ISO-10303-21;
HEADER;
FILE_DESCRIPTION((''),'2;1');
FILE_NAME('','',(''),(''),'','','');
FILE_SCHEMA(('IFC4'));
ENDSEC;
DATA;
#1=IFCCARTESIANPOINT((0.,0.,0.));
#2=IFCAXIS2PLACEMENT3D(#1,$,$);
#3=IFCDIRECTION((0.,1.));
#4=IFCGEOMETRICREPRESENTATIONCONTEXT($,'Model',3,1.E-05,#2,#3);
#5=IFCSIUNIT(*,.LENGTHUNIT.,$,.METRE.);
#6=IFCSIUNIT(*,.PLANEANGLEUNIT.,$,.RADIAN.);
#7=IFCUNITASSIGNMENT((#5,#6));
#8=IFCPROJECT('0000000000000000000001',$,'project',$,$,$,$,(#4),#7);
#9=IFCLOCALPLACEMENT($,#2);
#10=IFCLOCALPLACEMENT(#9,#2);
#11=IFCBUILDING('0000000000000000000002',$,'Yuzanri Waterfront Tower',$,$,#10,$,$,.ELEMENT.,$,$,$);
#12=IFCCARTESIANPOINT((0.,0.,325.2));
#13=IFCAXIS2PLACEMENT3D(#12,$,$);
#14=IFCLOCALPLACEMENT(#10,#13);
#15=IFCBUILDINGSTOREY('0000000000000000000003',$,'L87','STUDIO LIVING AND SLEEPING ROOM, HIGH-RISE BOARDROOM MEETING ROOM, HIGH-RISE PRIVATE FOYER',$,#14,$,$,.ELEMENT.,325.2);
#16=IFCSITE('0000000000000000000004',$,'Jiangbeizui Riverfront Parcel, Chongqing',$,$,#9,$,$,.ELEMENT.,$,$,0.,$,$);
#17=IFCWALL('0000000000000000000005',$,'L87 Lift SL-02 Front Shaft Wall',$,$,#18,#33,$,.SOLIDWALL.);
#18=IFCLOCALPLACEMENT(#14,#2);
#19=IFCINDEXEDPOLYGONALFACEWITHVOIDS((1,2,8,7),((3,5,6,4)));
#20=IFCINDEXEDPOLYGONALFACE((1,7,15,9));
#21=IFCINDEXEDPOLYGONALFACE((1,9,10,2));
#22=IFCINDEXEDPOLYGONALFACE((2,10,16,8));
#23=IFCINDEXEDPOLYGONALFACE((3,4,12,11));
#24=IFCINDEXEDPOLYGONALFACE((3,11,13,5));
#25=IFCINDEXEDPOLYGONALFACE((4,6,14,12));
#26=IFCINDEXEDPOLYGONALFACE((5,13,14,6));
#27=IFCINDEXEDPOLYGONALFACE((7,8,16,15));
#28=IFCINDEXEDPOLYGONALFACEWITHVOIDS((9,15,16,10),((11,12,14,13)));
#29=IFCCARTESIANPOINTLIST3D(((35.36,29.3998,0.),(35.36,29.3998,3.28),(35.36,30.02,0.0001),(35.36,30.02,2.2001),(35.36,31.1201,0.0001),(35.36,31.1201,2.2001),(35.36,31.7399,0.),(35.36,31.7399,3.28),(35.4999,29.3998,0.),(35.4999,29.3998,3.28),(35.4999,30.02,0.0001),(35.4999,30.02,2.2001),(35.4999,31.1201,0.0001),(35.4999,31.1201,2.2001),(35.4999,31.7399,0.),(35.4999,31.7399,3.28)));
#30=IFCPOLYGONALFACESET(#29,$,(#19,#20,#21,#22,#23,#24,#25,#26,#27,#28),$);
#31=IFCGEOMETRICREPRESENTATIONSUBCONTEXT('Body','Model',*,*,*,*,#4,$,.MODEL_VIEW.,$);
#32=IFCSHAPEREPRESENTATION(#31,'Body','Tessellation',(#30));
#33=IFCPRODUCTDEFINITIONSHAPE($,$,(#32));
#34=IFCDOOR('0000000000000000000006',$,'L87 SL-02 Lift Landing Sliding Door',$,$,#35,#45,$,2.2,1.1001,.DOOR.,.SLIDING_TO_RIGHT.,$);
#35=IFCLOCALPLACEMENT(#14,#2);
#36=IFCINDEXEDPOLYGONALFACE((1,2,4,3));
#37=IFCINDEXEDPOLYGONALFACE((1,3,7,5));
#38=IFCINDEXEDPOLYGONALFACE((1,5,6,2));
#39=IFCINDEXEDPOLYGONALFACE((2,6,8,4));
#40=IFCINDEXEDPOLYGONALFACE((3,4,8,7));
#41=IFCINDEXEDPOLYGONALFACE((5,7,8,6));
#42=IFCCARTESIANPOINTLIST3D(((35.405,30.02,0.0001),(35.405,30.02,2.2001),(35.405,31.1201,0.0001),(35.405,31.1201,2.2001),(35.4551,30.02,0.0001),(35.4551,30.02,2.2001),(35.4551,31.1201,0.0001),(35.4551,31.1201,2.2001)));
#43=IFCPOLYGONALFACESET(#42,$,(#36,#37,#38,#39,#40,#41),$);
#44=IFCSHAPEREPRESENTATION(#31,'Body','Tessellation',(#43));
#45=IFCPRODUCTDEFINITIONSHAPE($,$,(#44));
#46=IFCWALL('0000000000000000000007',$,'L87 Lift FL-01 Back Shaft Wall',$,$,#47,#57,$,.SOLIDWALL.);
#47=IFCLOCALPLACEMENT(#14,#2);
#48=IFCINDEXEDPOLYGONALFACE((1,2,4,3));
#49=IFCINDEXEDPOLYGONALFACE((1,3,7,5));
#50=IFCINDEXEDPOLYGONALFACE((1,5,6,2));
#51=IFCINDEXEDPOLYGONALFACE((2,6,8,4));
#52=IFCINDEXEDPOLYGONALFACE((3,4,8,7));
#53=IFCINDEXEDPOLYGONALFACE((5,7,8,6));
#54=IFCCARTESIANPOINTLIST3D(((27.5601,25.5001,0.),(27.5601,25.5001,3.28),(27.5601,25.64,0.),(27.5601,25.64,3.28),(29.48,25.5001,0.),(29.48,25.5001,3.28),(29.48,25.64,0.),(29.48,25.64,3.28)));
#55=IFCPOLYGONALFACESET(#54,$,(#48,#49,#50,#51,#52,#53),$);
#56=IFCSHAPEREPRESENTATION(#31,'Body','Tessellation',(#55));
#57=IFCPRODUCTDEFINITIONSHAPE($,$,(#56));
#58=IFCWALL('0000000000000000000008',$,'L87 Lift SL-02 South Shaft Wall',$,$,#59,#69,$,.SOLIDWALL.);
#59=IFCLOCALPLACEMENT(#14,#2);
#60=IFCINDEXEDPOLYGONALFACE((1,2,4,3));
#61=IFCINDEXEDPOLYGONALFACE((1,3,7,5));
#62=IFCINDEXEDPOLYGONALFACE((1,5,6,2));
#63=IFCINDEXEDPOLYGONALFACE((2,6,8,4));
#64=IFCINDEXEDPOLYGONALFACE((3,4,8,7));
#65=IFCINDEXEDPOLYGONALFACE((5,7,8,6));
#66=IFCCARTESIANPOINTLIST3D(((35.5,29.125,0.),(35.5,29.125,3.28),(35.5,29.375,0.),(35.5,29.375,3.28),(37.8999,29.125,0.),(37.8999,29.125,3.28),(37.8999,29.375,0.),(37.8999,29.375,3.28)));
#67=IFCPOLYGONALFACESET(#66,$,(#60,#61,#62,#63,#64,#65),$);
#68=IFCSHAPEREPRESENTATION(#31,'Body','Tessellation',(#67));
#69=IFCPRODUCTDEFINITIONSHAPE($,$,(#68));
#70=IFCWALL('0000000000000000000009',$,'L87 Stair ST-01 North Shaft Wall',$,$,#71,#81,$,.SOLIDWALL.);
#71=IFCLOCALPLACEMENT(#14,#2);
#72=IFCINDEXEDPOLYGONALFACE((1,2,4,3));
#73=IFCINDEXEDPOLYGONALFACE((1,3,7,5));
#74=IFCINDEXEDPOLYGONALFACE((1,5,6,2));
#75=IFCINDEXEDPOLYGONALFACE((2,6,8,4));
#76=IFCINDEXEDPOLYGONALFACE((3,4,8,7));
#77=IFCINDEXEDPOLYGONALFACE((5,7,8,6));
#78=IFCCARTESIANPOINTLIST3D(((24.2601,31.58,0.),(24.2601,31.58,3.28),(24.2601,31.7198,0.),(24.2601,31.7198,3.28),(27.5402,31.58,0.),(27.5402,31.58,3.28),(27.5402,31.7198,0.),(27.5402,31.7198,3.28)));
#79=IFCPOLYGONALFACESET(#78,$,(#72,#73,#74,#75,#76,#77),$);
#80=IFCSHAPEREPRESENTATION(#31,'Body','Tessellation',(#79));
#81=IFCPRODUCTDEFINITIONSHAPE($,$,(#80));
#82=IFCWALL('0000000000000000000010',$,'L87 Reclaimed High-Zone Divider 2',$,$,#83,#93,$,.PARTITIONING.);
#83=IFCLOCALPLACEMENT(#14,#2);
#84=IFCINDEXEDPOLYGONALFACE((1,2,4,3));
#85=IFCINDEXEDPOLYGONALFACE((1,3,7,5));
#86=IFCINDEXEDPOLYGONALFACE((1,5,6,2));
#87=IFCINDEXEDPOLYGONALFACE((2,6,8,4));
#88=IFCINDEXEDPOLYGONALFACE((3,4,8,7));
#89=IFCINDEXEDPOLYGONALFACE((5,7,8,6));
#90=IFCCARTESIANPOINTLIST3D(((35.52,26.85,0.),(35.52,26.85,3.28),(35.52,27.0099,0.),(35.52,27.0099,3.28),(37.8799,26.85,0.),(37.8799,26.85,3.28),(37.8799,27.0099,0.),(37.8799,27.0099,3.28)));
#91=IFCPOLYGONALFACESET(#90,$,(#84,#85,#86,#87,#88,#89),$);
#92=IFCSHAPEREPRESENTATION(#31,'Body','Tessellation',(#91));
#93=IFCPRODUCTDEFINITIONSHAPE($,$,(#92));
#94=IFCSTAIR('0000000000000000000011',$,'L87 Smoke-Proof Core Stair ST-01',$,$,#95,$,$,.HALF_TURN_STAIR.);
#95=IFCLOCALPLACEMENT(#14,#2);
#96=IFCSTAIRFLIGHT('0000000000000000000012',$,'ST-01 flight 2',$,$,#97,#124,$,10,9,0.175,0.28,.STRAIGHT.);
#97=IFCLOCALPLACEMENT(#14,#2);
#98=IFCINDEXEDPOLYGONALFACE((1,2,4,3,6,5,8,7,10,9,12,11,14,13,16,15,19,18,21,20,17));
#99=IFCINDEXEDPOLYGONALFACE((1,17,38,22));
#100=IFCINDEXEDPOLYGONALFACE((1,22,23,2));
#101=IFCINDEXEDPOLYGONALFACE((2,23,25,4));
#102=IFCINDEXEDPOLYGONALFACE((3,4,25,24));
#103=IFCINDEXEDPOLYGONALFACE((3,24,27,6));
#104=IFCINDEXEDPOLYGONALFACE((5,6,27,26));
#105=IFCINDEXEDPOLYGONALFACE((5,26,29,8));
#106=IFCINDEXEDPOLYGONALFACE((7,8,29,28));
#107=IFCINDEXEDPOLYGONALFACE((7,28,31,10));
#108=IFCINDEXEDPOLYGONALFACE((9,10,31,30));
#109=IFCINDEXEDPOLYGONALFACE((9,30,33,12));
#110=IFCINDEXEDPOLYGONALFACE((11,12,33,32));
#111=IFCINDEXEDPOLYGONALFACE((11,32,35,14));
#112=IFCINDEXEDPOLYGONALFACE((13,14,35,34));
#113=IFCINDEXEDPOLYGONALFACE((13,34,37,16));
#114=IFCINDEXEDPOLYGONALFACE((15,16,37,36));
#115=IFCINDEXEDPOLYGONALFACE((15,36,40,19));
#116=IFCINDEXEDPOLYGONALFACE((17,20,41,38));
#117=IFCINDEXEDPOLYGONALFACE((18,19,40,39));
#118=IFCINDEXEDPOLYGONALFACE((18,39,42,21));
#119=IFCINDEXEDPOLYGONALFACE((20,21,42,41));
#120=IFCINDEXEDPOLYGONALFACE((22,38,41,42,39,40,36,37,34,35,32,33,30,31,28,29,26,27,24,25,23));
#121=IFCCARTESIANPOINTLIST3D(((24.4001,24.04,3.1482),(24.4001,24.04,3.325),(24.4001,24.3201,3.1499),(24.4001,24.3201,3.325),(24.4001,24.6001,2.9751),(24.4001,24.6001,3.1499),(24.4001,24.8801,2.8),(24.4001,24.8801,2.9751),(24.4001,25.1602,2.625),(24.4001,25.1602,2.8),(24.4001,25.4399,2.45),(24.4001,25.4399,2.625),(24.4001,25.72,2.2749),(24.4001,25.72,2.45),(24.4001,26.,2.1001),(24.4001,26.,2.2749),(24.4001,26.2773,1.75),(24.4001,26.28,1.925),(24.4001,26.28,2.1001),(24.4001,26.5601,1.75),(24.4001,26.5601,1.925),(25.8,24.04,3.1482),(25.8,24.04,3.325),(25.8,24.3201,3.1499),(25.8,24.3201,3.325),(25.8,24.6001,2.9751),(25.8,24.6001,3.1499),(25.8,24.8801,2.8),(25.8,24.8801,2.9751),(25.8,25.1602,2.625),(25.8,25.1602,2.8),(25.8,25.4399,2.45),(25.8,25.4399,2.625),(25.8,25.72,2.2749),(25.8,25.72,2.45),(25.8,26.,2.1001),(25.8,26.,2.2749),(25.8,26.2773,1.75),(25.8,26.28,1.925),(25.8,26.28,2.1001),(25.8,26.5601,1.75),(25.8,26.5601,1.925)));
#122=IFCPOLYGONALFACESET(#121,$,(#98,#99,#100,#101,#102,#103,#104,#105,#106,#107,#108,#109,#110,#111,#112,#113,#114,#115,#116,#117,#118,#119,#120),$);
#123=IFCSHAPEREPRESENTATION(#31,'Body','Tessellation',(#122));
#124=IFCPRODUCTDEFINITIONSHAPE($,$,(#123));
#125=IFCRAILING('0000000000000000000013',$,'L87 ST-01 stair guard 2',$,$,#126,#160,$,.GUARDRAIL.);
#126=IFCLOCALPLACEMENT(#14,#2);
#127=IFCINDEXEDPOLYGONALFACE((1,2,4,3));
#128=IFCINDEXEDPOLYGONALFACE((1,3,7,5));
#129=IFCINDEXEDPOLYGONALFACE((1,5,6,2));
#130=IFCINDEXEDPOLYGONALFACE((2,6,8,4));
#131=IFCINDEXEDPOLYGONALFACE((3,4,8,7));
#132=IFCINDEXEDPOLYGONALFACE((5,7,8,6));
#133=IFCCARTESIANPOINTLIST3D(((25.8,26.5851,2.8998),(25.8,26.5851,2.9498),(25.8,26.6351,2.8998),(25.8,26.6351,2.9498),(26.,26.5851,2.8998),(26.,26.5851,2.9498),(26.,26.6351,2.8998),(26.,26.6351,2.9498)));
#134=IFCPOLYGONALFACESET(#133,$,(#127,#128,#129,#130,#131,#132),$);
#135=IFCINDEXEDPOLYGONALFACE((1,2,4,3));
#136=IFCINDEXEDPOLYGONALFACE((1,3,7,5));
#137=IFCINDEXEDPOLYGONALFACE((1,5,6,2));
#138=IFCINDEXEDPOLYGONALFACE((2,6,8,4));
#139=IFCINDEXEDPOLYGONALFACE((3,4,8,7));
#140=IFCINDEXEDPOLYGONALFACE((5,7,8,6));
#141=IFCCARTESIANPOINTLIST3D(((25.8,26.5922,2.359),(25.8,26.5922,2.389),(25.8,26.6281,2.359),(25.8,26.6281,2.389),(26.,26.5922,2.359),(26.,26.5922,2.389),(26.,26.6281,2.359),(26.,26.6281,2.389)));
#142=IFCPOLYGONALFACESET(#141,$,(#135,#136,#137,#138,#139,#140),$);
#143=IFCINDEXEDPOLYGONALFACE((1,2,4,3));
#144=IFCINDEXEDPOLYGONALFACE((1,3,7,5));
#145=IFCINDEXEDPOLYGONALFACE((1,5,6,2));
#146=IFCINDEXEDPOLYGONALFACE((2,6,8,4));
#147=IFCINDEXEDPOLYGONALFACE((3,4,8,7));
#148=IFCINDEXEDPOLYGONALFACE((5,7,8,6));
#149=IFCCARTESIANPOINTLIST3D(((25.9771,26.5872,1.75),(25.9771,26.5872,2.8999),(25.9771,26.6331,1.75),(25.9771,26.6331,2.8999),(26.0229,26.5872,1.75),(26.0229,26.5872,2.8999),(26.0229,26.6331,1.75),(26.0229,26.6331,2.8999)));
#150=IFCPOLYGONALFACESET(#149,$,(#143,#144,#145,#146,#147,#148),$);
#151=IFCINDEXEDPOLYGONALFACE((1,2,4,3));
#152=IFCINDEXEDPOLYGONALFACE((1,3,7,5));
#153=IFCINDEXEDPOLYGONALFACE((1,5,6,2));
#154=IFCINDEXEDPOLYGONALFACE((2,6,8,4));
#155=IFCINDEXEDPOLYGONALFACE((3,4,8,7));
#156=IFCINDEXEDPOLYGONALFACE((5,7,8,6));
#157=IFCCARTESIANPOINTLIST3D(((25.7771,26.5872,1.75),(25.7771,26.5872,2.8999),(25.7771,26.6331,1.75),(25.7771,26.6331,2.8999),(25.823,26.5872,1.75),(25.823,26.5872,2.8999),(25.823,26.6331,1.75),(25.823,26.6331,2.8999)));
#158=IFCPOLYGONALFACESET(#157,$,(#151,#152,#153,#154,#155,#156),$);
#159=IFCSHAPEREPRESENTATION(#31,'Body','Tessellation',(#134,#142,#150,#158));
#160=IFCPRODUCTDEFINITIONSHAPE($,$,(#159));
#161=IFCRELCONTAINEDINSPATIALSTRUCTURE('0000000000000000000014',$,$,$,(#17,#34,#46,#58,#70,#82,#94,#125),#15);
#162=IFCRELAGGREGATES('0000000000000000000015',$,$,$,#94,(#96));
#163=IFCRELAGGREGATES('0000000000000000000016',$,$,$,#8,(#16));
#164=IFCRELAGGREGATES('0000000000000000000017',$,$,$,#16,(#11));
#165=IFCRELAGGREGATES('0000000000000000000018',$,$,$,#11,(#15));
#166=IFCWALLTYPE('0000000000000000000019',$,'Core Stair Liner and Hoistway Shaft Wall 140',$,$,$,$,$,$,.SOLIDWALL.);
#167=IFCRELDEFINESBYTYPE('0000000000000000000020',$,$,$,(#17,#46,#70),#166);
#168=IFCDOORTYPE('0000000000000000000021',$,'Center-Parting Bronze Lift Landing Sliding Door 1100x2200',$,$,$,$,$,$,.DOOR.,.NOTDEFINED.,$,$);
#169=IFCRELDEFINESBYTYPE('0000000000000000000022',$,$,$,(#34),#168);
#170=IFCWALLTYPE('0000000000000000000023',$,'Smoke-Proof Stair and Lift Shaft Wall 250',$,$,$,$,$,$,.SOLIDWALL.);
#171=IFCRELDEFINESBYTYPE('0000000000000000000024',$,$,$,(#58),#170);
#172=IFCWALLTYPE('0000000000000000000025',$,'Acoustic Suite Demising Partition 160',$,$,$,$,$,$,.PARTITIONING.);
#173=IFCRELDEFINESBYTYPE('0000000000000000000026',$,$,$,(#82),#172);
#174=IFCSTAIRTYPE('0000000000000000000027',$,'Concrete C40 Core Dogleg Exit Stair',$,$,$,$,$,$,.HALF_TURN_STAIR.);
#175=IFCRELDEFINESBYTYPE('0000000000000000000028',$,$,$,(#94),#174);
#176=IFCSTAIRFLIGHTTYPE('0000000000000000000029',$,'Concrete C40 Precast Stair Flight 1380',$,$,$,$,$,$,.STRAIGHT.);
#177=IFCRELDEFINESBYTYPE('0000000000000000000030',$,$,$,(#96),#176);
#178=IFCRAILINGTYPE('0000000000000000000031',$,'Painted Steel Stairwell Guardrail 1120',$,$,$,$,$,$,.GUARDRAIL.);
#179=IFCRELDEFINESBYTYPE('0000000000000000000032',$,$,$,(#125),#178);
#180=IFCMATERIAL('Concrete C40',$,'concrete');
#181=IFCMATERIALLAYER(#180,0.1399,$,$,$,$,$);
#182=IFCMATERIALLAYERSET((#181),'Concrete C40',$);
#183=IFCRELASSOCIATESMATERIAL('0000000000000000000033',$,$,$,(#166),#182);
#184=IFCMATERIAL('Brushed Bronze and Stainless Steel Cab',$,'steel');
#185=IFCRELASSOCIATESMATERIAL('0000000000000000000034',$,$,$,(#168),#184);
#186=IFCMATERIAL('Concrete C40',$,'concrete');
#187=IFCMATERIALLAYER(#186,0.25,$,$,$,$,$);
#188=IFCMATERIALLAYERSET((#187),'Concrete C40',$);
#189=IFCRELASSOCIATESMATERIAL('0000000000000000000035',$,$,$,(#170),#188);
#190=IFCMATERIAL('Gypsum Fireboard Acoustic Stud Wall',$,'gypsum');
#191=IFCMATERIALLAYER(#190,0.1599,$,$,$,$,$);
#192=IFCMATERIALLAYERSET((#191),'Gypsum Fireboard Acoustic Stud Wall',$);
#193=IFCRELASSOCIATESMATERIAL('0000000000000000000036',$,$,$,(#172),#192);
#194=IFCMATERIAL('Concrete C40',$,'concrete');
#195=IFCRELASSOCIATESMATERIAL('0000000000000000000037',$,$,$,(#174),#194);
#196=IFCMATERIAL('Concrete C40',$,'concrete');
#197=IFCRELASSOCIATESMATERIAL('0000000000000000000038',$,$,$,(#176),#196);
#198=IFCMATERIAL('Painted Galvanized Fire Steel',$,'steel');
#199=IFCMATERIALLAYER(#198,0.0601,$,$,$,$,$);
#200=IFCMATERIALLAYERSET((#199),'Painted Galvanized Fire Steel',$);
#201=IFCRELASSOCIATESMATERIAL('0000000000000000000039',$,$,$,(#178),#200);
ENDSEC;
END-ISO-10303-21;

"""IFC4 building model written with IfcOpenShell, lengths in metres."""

from ifc_helpers import new_model, si_unit, direction, frame, frame_2d, origin, origin_2d, place, context, subcontext, project, spatial, polyline, rectangle, outline, extrude, source, transform, mapped, material, layer, layer_set, type_object, element, fill, aggregate, save


model = new_model("IFC4")

# Units and contexts
model_context = context("Model", 3, precision=1e-05, world=origin(), true_north=direction((0.0, 1.0)))
body_context = subcontext(model_context, "Body", "Model", "MODEL_VIEW")
ifc_project = project(units=[si_unit("LENGTHUNIT", "METRE"), si_unit("PLANEANGLEUNIT", "RADIAN")], contexts=[model_context])

# Site, building, storey
site_placement = place(None, origin())
site = spatial("IfcSite", under=ifc_project, at=site_placement, Name="Jiangbeizui Riverfront Parcel, Chongqing", CompositionType="ELEMENT", RefElevation=0.0)
building_placement = place(site_placement, origin())
building = spatial("IfcBuilding", under=site, at=building_placement, Name="Yuzanri Waterfront Tower", CompositionType="ELEMENT")
storey_placement = place(building_placement, frame((0.0, 0.0, 325.2)))
storey = spatial("IfcBuildingStorey", under=building, at=storey_placement, Name="L87", Description="STUDIO LIVING AND SLEEPING ROOM, HIGH-RISE BOARDROOM MEETING ROOM, HIGH-RISE PRIVATE FOYER", CompositionType="ELEMENT", Elevation=325.2)

# Wall, opening, door
ifc_material_1 = material(Name="Concrete C40", Category="concrete")
ifc_layer_1 = layer(ifc_material_1, 0.1399)
ifc_layer_set_1 = layer_set([ifc_layer_1], Name="Concrete C40")
wall_type_1 = type_object("IfcWallType", Name="Core Stair Liner and Hoistway Shaft Wall 140", PredefinedType="SOLIDWALL", material=ifc_layer_set_1)
wall_1_placement = place(storey_placement, frame((35.4299, 29.3999, 0.0), z_axis=(0.0, 0.0, 1.0), x_axis=(0.0, 1.0, 0.0)))
wall_1 = element("IfcWall", 1, at=wall_1_placement, inside=storey, type_object=wall_type_1, Name="L87 Lift SL-02 Front Shaft Wall", PredefinedType="SOLIDWALL", context=body_context, shape_type="SweptSolid", body=[
    extrude(rectangle(XDim=2.3401, YDim=0.1399, at=frame_2d((1.1699, 0.0))), origin(), (0.0, 0.0, 1.0), 3.28),
])
opening_1_placement = place(wall_1_placement, frame((0.6201, 0.0, 0.0)))
opening_1 = element("IfcOpeningElement", 2, at=opening_1_placement, cuts=wall_1, PredefinedType="OPENING", context=body_context, shape_type="SweptSolid", body=[
    extrude(rectangle(XDim=1.1001, YDim=2.2, at=frame_2d((0.55, 1.1001))), frame((0.0, 0.085, 0.0), z_axis=(0.0, -1.0, 0.0), x_axis=(1.0, 0.0, 0.0)), (0.0, 0.0, 1.0), 0.1697),
])
ifc_material_2 = material(Name="Brushed Bronze and Stainless Steel Cab", Category="steel")
door_type_1 = type_object("IfcDoorType", Name="Center-Parting Bronze Lift Landing Sliding Door 1100x2200", OperationType="NOTDEFINED", PredefinedType="DOOR", material=ifc_material_2)
shared_shape_1 = source(origin(), body_context, "Body", "SweptSolid", [
    extrude(rectangle(XDim=1.1001, YDim=2.2, at=frame_2d((0.55, 1.1001))), frame((0.0, 0.0249, 0.0), z_axis=(0.0, -1.0, 0.0), x_axis=(1.0, 0.0, 0.0)), (0.0, 0.0, 1.0), 0.05),
])
door_1_placement = place(opening_1_placement, origin())
door_1 = element("IfcDoor", 3, at=door_1_placement, inside=storey, type_object=door_type_1, Name="L87 SL-02 Lift Landing Sliding Door", OperationType="SLIDING_TO_RIGHT", OverallHeight=2.2, OverallWidth=1.1001, PredefinedType="DOOR", context=body_context, shape_type="MappedRepresentation", body=[
    mapped(shared_shape_1, transform((0.0, 0.0, 0.0), scale=1.0)),
])
fill(opening_1, door_1)

# Walls
shared_shape_2 = source(origin(), body_context, "Body", "SweptSolid", [
    extrude(rectangle(XDim=1.9199, YDim=0.1399, at=frame_2d((0.96, 0.0))), origin(), (0.0, 0.0, 1.0), 3.28),
])
wall_2_placement = place(storey_placement, frame((27.5601, 25.5701, 0.0), z_axis=(0.0, 0.0, 1.0), x_axis=(1.0, 0.0, 0.0)))
element("IfcWall", 4, at=wall_2_placement, inside=storey, type_object=wall_type_1, Name="L87 Lift FL-01 Back Shaft Wall", PredefinedType="SOLIDWALL", context=body_context, shape_type="MappedRepresentation", body=[
    mapped(shared_shape_2, transform((0.0, 0.0, 0.0), scale=1.0)),
])
ifc_material_3 = material(Name="Concrete C40", Category="concrete")
ifc_layer_2 = layer(ifc_material_3, 0.25)
ifc_layer_set_2 = layer_set([ifc_layer_2], Name="Concrete C40")
wall_type_2 = type_object("IfcWallType", Name="Smoke-Proof Stair and Lift Shaft Wall 250", PredefinedType="SOLIDWALL", material=ifc_layer_set_2)
shared_shape_3 = source(origin(), body_context, "Body", "SweptSolid", [
    extrude(rectangle(XDim=2.3999, YDim=0.25, at=frame_2d((1.2, 0.0))), origin(), (0.0, 0.0, 1.0), 3.28),
])
wall_3_placement = place(storey_placement, frame((35.5, 29.25, 0.0), z_axis=(0.0, 0.0, 1.0), x_axis=(1.0, 0.0, 0.0)))
element("IfcWall", 5, at=wall_3_placement, inside=storey, type_object=wall_type_2, Name="L87 Lift SL-02 South Shaft Wall", PredefinedType="SOLIDWALL", context=body_context, shape_type="MappedRepresentation", body=[
    mapped(shared_shape_3, transform((0.0, 0.0, 0.0), scale=1.0)),
])
shared_shape_4 = source(origin(), body_context, "Body", "SweptSolid", [
    extrude(rectangle(XDim=3.28, YDim=0.1399, at=frame_2d((1.6401, 0.0))), origin(), (0.0, 0.0, 1.0), 3.28),
])
wall_4_placement = place(storey_placement, frame((24.26, 31.6499, 0.0), z_axis=(0.0, 0.0, 1.0), x_axis=(1.0, 0.0, 0.0)))
element("IfcWall", 6, at=wall_4_placement, inside=storey, type_object=wall_type_1, Name="L87 Stair ST-01 North Shaft Wall", PredefinedType="SOLIDWALL", context=body_context, shape_type="MappedRepresentation", body=[
    mapped(shared_shape_4, transform((0.0, 0.0, 0.0), scale=1.0)),
])
ifc_material_4 = material(Name="Gypsum Fireboard Acoustic Stud Wall", Category="gypsum")
ifc_layer_3 = layer(ifc_material_4, 0.1599)
ifc_layer_set_3 = layer_set([ifc_layer_3], Name="Gypsum Fireboard Acoustic Stud Wall")
wall_type_3 = type_object("IfcWallType", Name="Acoustic Suite Demising Partition 160", PredefinedType="PARTITIONING", material=ifc_layer_set_3)
shared_shape_5 = source(origin(), body_context, "Body", "SweptSolid", [
    extrude(rectangle(XDim=2.3599, YDim=0.1599, at=frame_2d((1.1799, 0.0))), origin(), (0.0, 0.0, 1.0), 3.28),
])
wall_5_placement = place(storey_placement, frame((35.52, 26.9299, 0.0), z_axis=(0.0, 0.0, 1.0), x_axis=(1.0, 0.0, 0.0)))
element("IfcWall", 7, at=wall_5_placement, inside=storey, type_object=wall_type_3, Name="L87 Reclaimed High-Zone Divider 2", PredefinedType="PARTITIONING", context=body_context, shape_type="MappedRepresentation", body=[
    mapped(shared_shape_5, transform((0.0, 0.0, 0.0), scale=1.0)),
])

# Stair, stair flight
ifc_material_5 = material(Name="Concrete C40", Category="concrete")
stair_type = type_object("IfcStairType", Name="Concrete C40 Core Dogleg Exit Stair", PredefinedType="HALF_TURN_STAIR", material=ifc_material_5)
stair_placement = place(storey_placement, origin())
stair = element("IfcStair", 8, at=stair_placement, inside=storey, type_object=stair_type, Name="L87 Smoke-Proof Core Stair ST-01", PredefinedType="HALF_TURN_STAIR")
ifc_material_6 = material(Name="Concrete C40", Category="concrete")
stair_flight_type = type_object("IfcStairFlightType", Name="Concrete C40 Precast Stair Flight 1380", PredefinedType="STRAIGHT", material=ifc_material_6)
shared_shape_6 = source(origin(), body_context, "Body", "SweptSolid", [
    extrude(outline(polyline([(0.0, 0.0), (0.0, 0.175), (0.28, 0.175), (0.28, 0.3501), (0.5601, 0.3501), (0.5601, 0.5249), (0.8401, 0.5249), (0.8401, 0.7), (1.1201, 0.7), (1.1201, 0.875), (1.3999, 0.875), (1.3999, 1.05), (1.6799, 1.05), (1.6799, 1.2251), (1.96, 1.2251), (1.96, 1.3999), (2.24, 1.3999), (2.24, 1.575), (2.52, 1.575), (2.52, 1.75), (2.52, 1.3982), (0.2827, 0.0), (0.0, 0.0)])), frame((0.0, 0.7, 0.0), z_axis=(0.0, -1.0, 0.0), x_axis=(1.0, 0.0, 0.0)), (0.0, 0.0, 1.0), 1.3999),
])
stair_flight_placement = place(storey_placement, frame((25.1001, 26.5601, 1.75), z_axis=(0.0, 0.0, 1.0), x_axis=(0.0, -1.0, 0.0)))
stair_flight = element("IfcStairFlight", 9, at=stair_flight_placement, type_object=stair_flight_type, Name="ST-01 flight 2", NumberOfRisers=10, NumberOfTreads=9, PredefinedType="STRAIGHT", RiserHeight=0.175, TreadLength=0.28, context=body_context, shape_type="MappedRepresentation", body=[
    mapped(shared_shape_6, transform((0.0, 0.0, 0.0), scale=1.0)),
])
aggregate(stair, [stair_flight])

# Railing
ifc_material_7 = material(Name="Painted Galvanized Fire Steel", Category="steel")
ifc_layer_4 = layer(ifc_material_7, 0.0601)
ifc_layer_set_4 = layer_set([ifc_layer_4], Name="Painted Galvanized Fire Steel")
railing_type_1 = type_object("IfcRailingType", Name="Painted Steel Stairwell Guardrail 1120", PredefinedType="GUARDRAIL", material=ifc_layer_set_4)
shared_shape_7 = source(origin(), body_context, "Body", "SweptSolid", [
    extrude(rectangle(XDim=0.05, YDim=0.05, at=origin_2d()), frame((0.0, 0.0, 1.1748), z_axis=(-1.0, 0.0, 0.0), x_axis=(0.0, -1.0, 0.0)), (0.0, 0.0, 1.0), 0.2),
    extrude(rectangle(XDim=0.0359, YDim=0.03, at=origin_2d()), frame((0.0, 0.0, 0.624), z_axis=(-1.0, 0.0, 0.0), x_axis=(0.0, -1.0, 0.0)), (0.0, 0.0, 1.0), 0.2),
    extrude(rectangle(XDim=0.0459, YDim=0.0459, at=origin_2d()), origin(), (0.0, 0.0, 1.0), 1.1499),
    extrude(rectangle(XDim=0.0459, YDim=0.0459, at=origin_2d()), frame((-0.2, 0.0, 0.0)), (0.0, 0.0, 1.0), 1.1499),
])
railing_1_placement = place(storey_placement, frame((26.0, 26.6101, 1.75)))
element("IfcRailing", 10, at=railing_1_placement, inside=storey, type_object=railing_type_1, Name="L87 ST-01 stair guard 2", PredefinedType="GUARDRAIL", context=body_context, shape_type="MappedRepresentation", body=[
    mapped(shared_shape_7, transform((0.0, 0.0, 0.0), scale=1.0)),
])

save(model, "model.ifc")
